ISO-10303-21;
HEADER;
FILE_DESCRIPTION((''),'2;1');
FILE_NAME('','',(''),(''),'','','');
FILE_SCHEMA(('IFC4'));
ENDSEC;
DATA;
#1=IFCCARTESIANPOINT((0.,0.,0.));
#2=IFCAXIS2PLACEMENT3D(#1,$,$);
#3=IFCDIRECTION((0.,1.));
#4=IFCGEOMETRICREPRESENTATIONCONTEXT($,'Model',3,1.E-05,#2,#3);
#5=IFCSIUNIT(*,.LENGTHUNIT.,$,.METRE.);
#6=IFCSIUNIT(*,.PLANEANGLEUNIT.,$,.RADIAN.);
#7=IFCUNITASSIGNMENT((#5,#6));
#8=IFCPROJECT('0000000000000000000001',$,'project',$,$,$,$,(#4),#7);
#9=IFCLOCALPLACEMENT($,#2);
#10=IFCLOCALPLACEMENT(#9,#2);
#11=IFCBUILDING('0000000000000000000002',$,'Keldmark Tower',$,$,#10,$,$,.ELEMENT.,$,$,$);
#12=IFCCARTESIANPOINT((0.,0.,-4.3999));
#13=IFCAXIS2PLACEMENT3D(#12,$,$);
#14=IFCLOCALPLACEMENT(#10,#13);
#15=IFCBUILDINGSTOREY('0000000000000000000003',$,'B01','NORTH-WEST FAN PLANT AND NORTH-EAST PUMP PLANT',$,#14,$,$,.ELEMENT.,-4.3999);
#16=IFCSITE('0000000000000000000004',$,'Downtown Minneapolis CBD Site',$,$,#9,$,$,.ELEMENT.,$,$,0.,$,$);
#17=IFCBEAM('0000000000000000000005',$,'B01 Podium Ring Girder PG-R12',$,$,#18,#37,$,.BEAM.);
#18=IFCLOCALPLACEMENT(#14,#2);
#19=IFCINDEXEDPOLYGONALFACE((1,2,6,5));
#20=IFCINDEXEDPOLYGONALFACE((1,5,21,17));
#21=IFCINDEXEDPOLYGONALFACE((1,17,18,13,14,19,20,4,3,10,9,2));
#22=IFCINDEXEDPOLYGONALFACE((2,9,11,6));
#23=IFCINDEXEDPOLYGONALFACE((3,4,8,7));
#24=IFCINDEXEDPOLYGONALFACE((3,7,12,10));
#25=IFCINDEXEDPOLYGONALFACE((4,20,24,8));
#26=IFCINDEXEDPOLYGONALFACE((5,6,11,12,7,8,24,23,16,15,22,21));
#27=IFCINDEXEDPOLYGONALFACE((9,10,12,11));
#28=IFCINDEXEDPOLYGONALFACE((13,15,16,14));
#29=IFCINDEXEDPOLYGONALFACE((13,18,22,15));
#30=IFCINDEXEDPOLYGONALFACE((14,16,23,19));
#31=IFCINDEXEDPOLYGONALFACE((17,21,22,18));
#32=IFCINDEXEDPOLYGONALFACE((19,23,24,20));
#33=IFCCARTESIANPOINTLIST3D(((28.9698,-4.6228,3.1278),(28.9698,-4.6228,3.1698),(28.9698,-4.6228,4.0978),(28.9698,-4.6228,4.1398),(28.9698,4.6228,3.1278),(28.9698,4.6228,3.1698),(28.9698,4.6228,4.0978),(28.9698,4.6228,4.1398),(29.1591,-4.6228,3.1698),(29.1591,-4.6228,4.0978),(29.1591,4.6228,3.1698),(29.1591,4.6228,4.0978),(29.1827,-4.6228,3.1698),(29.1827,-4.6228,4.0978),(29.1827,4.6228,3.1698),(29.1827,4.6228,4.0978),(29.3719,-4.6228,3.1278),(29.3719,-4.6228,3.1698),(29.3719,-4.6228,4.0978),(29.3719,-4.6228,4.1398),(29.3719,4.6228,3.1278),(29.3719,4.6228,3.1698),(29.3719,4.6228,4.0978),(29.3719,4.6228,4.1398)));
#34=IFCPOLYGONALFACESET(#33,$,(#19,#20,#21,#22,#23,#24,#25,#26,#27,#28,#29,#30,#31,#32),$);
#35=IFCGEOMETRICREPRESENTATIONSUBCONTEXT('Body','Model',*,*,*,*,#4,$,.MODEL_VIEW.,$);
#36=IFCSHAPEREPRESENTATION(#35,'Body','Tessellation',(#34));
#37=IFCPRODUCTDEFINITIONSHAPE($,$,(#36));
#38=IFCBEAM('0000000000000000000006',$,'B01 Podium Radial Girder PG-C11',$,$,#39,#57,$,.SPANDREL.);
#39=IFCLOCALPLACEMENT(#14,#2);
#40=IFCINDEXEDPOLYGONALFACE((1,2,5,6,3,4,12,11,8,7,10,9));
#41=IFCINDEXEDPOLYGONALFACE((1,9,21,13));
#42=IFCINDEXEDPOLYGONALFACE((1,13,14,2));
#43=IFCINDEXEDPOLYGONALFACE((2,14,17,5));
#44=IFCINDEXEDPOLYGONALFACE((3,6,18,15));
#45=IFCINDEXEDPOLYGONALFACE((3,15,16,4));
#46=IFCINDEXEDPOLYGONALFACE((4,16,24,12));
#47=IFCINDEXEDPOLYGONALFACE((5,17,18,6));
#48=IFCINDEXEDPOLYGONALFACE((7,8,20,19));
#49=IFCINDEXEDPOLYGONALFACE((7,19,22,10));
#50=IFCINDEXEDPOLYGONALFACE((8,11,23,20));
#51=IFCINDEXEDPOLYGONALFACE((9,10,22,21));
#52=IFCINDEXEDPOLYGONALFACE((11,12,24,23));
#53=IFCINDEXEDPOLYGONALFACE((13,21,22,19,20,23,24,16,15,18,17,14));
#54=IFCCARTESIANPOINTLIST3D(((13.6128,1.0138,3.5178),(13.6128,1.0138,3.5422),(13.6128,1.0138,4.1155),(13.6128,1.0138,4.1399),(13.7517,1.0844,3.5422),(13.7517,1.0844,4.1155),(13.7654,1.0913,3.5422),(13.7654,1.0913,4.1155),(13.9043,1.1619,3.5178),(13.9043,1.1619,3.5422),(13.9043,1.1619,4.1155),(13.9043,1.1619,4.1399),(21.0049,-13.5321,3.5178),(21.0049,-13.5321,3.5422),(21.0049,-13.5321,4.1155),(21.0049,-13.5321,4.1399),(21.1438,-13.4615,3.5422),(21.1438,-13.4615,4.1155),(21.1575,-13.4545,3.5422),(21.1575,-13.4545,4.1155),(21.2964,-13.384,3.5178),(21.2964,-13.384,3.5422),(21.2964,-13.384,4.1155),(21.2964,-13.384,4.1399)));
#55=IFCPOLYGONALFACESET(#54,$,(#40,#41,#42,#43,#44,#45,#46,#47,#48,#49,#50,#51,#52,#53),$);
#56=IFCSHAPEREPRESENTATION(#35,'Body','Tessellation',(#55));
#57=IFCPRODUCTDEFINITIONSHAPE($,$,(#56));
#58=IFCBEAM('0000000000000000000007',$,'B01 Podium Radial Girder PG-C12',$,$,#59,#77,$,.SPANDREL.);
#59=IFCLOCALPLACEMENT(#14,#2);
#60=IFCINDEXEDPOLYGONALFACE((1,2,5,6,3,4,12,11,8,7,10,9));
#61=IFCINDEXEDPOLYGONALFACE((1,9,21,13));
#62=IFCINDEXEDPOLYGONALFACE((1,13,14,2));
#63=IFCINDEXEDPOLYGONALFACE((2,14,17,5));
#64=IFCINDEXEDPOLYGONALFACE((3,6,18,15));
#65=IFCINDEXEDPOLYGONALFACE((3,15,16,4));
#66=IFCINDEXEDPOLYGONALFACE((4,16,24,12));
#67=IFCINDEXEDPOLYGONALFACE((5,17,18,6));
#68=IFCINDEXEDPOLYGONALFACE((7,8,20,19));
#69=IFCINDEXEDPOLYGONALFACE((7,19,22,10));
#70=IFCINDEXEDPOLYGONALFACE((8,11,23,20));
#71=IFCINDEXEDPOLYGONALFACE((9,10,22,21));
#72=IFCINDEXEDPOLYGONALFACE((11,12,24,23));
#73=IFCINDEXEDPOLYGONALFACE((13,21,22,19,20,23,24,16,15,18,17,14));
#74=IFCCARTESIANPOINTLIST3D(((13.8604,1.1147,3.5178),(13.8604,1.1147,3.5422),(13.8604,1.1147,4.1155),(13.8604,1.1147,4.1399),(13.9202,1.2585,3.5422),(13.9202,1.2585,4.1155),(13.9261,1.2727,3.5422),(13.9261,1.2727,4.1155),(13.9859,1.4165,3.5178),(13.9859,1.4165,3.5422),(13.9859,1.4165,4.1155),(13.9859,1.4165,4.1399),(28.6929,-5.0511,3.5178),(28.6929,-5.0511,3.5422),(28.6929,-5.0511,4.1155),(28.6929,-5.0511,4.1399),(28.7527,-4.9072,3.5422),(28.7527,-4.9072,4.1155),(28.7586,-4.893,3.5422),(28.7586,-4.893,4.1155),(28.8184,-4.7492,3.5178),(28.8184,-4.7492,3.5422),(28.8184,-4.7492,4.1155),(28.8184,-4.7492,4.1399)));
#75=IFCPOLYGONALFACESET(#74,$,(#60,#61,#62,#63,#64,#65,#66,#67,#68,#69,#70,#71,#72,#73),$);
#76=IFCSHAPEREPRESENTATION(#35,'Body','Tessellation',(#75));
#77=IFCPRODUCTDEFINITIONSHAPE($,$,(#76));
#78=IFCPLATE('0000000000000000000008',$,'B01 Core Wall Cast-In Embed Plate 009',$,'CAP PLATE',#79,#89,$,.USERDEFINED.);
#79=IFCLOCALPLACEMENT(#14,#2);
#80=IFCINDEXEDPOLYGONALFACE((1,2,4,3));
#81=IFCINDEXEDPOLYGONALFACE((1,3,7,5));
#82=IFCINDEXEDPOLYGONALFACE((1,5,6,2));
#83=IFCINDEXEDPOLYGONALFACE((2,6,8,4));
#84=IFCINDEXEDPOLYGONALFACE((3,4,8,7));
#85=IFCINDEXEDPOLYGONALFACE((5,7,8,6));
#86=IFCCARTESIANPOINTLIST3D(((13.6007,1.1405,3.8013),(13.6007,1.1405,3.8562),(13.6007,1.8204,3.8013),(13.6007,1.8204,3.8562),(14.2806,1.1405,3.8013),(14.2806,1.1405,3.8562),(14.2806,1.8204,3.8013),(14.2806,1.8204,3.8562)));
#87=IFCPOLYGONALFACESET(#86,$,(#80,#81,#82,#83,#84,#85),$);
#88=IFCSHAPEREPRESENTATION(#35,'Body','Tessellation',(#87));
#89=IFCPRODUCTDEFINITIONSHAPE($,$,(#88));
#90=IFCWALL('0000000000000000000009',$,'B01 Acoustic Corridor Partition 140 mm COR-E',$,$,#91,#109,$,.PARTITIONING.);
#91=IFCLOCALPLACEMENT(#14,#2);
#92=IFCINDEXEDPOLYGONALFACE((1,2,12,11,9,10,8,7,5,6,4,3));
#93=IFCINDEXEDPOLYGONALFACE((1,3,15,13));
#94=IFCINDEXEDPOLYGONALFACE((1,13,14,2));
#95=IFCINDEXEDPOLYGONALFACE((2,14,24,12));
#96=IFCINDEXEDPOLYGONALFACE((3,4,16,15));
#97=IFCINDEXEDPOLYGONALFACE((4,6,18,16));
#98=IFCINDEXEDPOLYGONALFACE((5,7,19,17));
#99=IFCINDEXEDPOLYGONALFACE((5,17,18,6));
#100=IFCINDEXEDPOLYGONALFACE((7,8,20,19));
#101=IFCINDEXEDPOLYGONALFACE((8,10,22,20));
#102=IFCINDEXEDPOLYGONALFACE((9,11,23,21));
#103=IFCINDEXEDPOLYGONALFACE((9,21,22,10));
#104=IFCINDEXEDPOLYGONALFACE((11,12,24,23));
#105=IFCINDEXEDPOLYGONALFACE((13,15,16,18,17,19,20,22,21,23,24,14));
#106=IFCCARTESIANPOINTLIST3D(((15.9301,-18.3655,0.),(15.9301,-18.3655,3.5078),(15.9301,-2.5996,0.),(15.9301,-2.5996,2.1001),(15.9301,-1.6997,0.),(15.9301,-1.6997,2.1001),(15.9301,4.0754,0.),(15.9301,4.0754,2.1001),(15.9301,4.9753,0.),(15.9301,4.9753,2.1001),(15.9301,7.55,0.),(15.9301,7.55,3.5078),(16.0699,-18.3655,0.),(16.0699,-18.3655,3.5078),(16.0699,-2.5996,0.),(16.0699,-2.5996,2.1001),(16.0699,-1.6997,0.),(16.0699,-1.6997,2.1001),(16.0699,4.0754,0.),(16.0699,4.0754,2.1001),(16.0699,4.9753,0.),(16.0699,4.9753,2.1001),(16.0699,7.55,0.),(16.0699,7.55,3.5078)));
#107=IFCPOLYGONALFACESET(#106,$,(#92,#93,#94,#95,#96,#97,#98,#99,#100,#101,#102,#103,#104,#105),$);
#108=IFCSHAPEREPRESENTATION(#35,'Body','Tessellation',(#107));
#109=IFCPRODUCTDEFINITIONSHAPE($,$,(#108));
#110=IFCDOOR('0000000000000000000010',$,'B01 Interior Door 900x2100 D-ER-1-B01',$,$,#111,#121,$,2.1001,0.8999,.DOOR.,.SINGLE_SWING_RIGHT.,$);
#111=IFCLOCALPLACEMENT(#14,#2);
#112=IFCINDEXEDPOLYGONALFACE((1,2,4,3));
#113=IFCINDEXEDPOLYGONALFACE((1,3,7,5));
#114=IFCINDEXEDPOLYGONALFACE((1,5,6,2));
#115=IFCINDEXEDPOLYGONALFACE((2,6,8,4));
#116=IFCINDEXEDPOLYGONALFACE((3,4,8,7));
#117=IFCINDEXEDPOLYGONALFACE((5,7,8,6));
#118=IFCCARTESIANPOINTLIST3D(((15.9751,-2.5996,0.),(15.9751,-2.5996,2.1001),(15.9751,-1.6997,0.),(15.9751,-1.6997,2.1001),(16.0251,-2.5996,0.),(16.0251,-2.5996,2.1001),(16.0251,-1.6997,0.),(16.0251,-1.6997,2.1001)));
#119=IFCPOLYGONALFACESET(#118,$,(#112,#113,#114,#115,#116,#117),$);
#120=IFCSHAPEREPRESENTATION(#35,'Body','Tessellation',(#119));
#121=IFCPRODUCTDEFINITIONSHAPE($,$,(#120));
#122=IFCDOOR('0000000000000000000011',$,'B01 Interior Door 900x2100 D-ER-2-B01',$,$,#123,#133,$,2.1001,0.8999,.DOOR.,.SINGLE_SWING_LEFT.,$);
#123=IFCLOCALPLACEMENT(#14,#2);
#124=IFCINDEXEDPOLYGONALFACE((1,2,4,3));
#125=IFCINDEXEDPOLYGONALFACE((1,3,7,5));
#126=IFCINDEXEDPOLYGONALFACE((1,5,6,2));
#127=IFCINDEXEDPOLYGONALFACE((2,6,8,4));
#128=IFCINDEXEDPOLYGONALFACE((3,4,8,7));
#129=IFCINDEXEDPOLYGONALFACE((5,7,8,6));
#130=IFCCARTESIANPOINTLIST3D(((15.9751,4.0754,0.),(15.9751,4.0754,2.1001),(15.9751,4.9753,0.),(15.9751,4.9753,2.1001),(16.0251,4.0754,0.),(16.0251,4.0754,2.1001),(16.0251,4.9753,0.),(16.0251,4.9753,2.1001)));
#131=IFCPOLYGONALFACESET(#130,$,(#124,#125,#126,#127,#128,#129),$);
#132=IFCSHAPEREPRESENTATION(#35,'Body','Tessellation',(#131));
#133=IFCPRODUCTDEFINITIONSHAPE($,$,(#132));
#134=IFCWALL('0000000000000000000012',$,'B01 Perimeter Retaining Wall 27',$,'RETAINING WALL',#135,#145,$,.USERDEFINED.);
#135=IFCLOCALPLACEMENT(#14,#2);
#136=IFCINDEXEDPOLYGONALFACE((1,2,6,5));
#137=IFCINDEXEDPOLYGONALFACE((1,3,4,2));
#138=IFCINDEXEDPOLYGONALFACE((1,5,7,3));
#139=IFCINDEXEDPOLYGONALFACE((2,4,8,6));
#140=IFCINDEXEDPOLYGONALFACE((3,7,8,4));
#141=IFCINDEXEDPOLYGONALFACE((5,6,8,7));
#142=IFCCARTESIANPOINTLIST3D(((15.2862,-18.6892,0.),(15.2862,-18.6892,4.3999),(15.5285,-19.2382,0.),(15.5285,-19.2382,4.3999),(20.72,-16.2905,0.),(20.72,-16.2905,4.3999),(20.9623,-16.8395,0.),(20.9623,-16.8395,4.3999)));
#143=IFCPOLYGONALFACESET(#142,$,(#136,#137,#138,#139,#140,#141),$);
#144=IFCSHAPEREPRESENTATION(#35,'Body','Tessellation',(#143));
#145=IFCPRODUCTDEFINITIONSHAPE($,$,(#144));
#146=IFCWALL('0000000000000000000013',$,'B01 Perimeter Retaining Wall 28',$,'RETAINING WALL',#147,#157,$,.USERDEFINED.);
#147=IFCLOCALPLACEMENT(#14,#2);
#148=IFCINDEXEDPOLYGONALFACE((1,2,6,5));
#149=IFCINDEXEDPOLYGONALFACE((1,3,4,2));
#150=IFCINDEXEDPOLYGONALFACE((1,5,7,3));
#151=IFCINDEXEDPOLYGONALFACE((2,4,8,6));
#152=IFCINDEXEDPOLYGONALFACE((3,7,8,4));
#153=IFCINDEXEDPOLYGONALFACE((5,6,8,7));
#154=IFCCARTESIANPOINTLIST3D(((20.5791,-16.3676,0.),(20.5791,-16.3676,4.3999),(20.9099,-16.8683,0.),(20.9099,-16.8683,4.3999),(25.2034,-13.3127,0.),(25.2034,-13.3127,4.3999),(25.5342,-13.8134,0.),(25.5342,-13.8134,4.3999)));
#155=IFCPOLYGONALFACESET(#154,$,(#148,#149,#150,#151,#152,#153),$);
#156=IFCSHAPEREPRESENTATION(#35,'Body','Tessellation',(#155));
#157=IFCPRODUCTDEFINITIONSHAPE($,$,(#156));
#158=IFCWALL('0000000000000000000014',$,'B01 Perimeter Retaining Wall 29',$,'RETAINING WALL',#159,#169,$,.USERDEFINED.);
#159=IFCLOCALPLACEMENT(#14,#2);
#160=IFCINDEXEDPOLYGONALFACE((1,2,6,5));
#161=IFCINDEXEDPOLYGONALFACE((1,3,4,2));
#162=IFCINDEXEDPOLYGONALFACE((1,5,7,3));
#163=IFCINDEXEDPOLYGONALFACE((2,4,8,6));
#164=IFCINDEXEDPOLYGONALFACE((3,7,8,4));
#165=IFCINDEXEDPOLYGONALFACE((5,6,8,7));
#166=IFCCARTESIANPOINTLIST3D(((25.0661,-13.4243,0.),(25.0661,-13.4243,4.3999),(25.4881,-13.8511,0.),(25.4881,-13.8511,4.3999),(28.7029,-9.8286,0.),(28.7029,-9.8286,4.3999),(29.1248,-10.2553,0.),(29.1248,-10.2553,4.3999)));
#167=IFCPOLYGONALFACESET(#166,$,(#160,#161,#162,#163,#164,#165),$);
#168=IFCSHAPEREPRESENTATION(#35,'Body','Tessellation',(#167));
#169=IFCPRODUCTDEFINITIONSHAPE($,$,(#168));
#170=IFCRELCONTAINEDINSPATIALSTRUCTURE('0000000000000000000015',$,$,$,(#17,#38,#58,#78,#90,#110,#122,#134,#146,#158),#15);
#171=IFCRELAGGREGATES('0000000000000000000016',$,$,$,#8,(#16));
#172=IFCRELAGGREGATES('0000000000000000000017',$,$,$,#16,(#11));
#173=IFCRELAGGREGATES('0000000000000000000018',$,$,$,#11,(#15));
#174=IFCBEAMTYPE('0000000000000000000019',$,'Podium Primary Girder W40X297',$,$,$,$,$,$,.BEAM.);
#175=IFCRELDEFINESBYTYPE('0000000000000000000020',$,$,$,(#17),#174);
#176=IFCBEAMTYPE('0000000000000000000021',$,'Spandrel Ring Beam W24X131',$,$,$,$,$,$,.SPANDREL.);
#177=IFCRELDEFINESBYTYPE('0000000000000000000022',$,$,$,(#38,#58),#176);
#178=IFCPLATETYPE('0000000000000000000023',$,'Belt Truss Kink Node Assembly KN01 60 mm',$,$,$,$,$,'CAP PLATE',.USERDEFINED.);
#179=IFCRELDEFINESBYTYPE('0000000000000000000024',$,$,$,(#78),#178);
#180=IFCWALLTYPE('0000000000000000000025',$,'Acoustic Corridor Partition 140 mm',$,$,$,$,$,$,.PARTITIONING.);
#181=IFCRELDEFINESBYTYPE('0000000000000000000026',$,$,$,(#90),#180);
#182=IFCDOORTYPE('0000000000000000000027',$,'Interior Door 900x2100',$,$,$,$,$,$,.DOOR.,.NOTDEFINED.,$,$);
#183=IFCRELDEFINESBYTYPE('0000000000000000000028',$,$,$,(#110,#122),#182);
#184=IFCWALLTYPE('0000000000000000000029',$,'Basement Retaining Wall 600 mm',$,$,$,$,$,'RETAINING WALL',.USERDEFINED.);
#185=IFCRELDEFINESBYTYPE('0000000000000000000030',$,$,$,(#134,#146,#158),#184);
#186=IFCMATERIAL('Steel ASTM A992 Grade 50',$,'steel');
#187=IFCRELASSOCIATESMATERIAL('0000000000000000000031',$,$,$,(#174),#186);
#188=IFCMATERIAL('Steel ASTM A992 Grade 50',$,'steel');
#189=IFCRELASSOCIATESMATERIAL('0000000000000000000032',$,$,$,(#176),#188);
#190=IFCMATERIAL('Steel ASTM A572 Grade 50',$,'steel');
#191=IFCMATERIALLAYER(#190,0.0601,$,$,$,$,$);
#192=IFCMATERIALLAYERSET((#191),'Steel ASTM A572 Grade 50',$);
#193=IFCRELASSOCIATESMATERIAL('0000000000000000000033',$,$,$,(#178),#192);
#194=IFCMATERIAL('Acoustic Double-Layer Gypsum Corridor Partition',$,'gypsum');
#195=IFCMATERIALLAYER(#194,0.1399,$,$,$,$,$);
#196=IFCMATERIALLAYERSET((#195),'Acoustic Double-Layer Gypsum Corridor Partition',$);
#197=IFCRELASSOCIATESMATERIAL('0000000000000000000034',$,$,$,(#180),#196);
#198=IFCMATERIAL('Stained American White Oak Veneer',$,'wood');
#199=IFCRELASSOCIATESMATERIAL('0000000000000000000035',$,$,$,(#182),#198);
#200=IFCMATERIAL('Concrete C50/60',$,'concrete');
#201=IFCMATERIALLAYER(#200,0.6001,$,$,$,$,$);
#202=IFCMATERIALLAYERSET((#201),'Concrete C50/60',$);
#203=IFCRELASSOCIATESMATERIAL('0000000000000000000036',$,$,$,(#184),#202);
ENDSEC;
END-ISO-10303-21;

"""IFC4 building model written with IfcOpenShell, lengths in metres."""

from ifc_helpers import new_model, si_unit, direction, frame, frame_2d, origin, origin_2d, place, context, subcontext, project, spatial, rectangle, i_section, extrude, material, layer, layer_set, material_profile, profile_set, type_object, element, fill, save


model = new_model("IFC4")

# Units and contexts
model_context = context("Model", 3, precision=1e-05, world=origin(), true_north=direction((0.0, 1.0)))
body_context = subcontext(model_context, "Body", "Model", "MODEL_VIEW")
ifc_project = project(units=[si_unit("LENGTHUNIT", "METRE"), si_unit("PLANEANGLEUNIT", "RADIAN")], contexts=[model_context])

# Site, building, storey
site_placement = place(None, origin())
site = spatial("IfcSite", under=ifc_project, at=site_placement, Name="Downtown Minneapolis CBD Site", CompositionType="ELEMENT", RefElevation=0.0)
building_placement = place(site_placement, origin())
building = spatial("IfcBuilding", under=site, at=building_placement, Name="Keldmark Tower", CompositionType="ELEMENT")
storey_placement = place(building_placement, frame((0.0, 0.0, -4.3999)))
storey = spatial("IfcBuildingStorey", under=building, at=storey_placement, Name="B01", Description="NORTH-WEST FAN PLANT AND NORTH-EAST PUMP PLANT", CompositionType="ELEMENT", Elevation=-4.3999)

# Beams
ifc_material_1 = material(Name="Steel ASTM A992 Grade 50", Category="steel")
ifc_material_profile_1 = material_profile(ifc_material_1, i_section(OverallWidth=0.4021, OverallDepth=1.012, WebThickness=0.0237, FlangeThickness=0.042, at=origin_2d()), Name="W40X297")
ifc_profile_set_1 = profile_set([ifc_material_profile_1], Name="Steel ASTM A992 Grade 50")
beam_type_1 = type_object("IfcBeamType", Name="Podium Primary Girder W40X297", PredefinedType="BEAM", material=ifc_profile_set_1)
beam_1_placement = place(storey_placement, frame((29.1709, -4.6228, 3.6338), z_axis=(0.0, 1.0, 0.0), x_axis=(-1.0, 0.0, 0.0)))
element("IfcBeam", 1, at=beam_1_placement, inside=storey, type_object=beam_type_1, Name="B01 Podium Ring Girder PG-R12", PredefinedType="BEAM", context=body_context, shape_type="SweptSolid", body=[
    extrude(i_section(OverallWidth=0.4021, OverallDepth=1.012, WebThickness=0.0237, FlangeThickness=0.042, at=origin_2d()), origin(), (0.0, 0.0, 1.0), 9.2456),
])
ifc_material_2 = material(Name="Steel ASTM A992 Grade 50", Category="steel")
ifc_material_profile_2 = material_profile(ifc_material_2, i_section(OverallWidth=0.3269, OverallDepth=0.6221, WebThickness=0.0154, FlangeThickness=0.0244, at=origin_2d()), Name="W24X131")
ifc_profile_set_2 = profile_set([ifc_material_profile_2], Name="Steel ASTM A992 Grade 50")
beam_type_2 = type_object("IfcBeamType", Name="Spandrel Ring Beam W24X131", PredefinedType="SPANDREL", material=ifc_profile_set_2)
beam_2_placement = place(storey_placement, frame((21.1506, -13.458, 3.8289), z_axis=(-0.453046, 0.891487, 0.0), x_axis=(-0.891487, -0.453046, 0.0)))
element("IfcBeam", 2, at=beam_2_placement, inside=storey, type_object=beam_type_2, Name="B01 Podium Radial Girder PG-C11", PredefinedType="SPANDREL", context=body_context, shape_type="SweptSolid", body=[
    extrude(i_section(OverallWidth=0.3269, OverallDepth=0.6221, WebThickness=0.0154, FlangeThickness=0.0244, at=origin_2d()), origin(), (0.0, 0.0, 1.0), 16.3164),
])
beam_3_placement = place(storey_placement, frame((28.7556, -4.9001, 3.8289), z_axis=(-0.923396, 0.383849, 0.0), x_axis=(-0.383849, -0.923396, 0.0)))
element("IfcBeam", 3, at=beam_3_placement, inside=storey, type_object=beam_type_2, Name="B01 Podium Radial Girder PG-C12", PredefinedType="SPANDREL", context=body_context, shape_type="SweptSolid", body=[
    extrude(i_section(OverallWidth=0.3269, OverallDepth=0.6221, WebThickness=0.0154, FlangeThickness=0.0244, at=origin_2d()), origin(), (0.0, 0.0, 1.0), 16.063),
])

# Plate
ifc_material_3 = material(Name="Steel ASTM A572 Grade 50", Category="steel")
ifc_layer_1 = layer(ifc_material_3, 0.0601)
ifc_layer_set_1 = layer_set([ifc_layer_1], Name="Steel ASTM A572 Grade 50")
plate_type = type_object("IfcPlateType", Name="Belt Truss Kink Node Assembly KN01 60 mm", ElementType="CAP PLATE", PredefinedType="USERDEFINED", material=ifc_layer_set_1)
plate_placement = place(storey_placement, frame((13.9407, 1.4805, 3.8013), z_axis=(0.0, 0.0, 1.0), x_axis=(1.0, 0.0, 0.0)))
element("IfcPlate", 4, at=plate_placement, inside=storey, type_object=plate_type, Name="B01 Core Wall Cast-In Embed Plate 009", ObjectType="CAP PLATE", PredefinedType="USERDEFINED", context=body_context, shape_type="SweptSolid", body=[
    extrude(rectangle(XDim=0.6799, YDim=0.6799, at=origin_2d()), origin(), (0.0, 0.0, 1.0), 0.0549),
])

# Wall, openings, doors
ifc_material_4 = material(Name="Acoustic Double-Layer Gypsum Corridor Partition", Category="gypsum")
ifc_layer_2 = layer(ifc_material_4, 0.1399)
ifc_layer_set_2 = layer_set([ifc_layer_2], Name="Acoustic Double-Layer Gypsum Corridor Partition")
wall_type_1 = type_object("IfcWallType", Name="Acoustic Corridor Partition 140 mm", PredefinedType="PARTITIONING", material=ifc_layer_set_2)
wall_1_placement = place(storey_placement, frame((16.0, -18.3655, 0.0), z_axis=(0.0, 0.0, 1.0), x_axis=(0.0, 1.0, 0.0)))
wall_1 = element("IfcWall", 5, at=wall_1_placement, inside=storey, type_object=wall_type_1, Name="B01 Acoustic Corridor Partition 140 mm COR-E", PredefinedType="PARTITIONING", context=body_context, shape_type="SweptSolid", body=[
    extrude(rectangle(XDim=25.9155, YDim=0.1399, at=frame_2d((12.9578, 0.0))), origin(), (0.0, 0.0, 1.0), 3.5078),
])
opening_1_placement = place(wall_1_placement, frame((15.7659, 0.0, 0.0)))
opening_1 = element("IfcOpeningElement", 6, at=opening_1_placement, cuts=wall_1, PredefinedType="OPENING", context=body_context, shape_type="SweptSolid", body=[
    extrude(rectangle(XDim=0.8999, YDim=2.1001, at=frame_2d((0.45, 1.05))), frame((0.0, 0.0798, 0.0), z_axis=(0.0, -1.0, 0.0), x_axis=(1.0, 0.0, 0.0)), (0.0, 0.0, 1.0), 0.1599),
])
opening_2_placement = place(wall_1_placement, frame((22.4409, 0.0, 0.0)))
opening_2 = element("IfcOpeningElement", 7, at=opening_2_placement, cuts=wall_1, PredefinedType="OPENING", context=body_context, shape_type="SweptSolid", body=[
    extrude(rectangle(XDim=0.8999, YDim=2.1001, at=frame_2d((0.45, 1.05))), frame((0.0, 0.0798, 0.0), z_axis=(0.0, -1.0, 0.0), x_axis=(1.0, 0.0, 0.0)), (0.0, 0.0, 1.0), 0.1599),
])
ifc_material_5 = material(Name="Stained American White Oak Veneer", Category="wood")
door_type_1 = type_object("IfcDoorType", Name="Interior Door 900x2100", OperationType="NOTDEFINED", PredefinedType="DOOR", material=ifc_material_5)
door_1_placement = place(opening_1_placement, origin())
door_1 = element("IfcDoor", 8, at=door_1_placement, inside=storey, type_object=door_type_1, Name="B01 Interior Door 900x2100 D-ER-1-B01", OperationType="SINGLE_SWING_RIGHT", OverallHeight=2.1001, OverallWidth=0.8999, PredefinedType="DOOR", context=body_context, shape_type="SweptSolid", body=[
    extrude(rectangle(XDim=0.8999, YDim=2.1001, at=frame_2d((0.45, 1.05))), frame((0.0, 0.0249, 0.0), z_axis=(0.0, -1.0, 0.0), x_axis=(1.0, 0.0, 0.0)), (0.0, 0.0, 1.0), 0.05),
])
fill(opening_1, door_1)
door_2_placement = place(opening_2_placement, origin())
door_2 = element("IfcDoor", 9, at=door_2_placement, inside=storey, type_object=door_type_1, Name="B01 Interior Door 900x2100 D-ER-2-B01", OperationType="SINGLE_SWING_LEFT", OverallHeight=2.1001, OverallWidth=0.8999, PredefinedType="DOOR", context=body_context, shape_type="SweptSolid", body=[
    extrude(rectangle(XDim=0.8999, YDim=2.1001, at=frame_2d((0.45, 1.05))), frame((0.0, 0.0249, 0.0), z_axis=(0.0, -1.0, 0.0), x_axis=(1.0, 0.0, 0.0)), (0.0, 0.0, 1.0), 0.05),
])
fill(opening_2, door_2)

# Walls
ifc_material_6 = material(Name="Concrete C50/60", Category="concrete")
ifc_layer_3 = layer(ifc_material_6, 0.6001)
ifc_layer_set_3 = layer_set([ifc_layer_3], Name="Concrete C50/60")
wall_type_2 = type_object("IfcWallType", Name="Basement Retaining Wall 600 mm", ElementType="RETAINING WALL", PredefinedType="USERDEFINED", material=ifc_layer_set_3)
wall_2_placement = place(storey_placement, frame((15.4075, -18.9636, 0.0), z_axis=(0.0, 0.0, 1.0), x_axis=(0.914831, 0.403838, 0.0)))
element("IfcWall", 10, at=wall_2_placement, inside=storey, type_object=wall_type_2, Name="B01 Perimeter Retaining Wall 27", ObjectType="RETAINING WALL", PredefinedType="USERDEFINED", context=body_context, shape_type="SweptSolid", body=[
    extrude(rectangle(XDim=5.9397, YDim=0.6001, at=frame_2d((2.9697, 0.0))), origin(), (0.0, 0.0, 1.0), 4.3999),
])
wall_3_placement = place(storey_placement, frame((20.7446, -16.6179, 0.0), z_axis=(0.0, 0.0, 1.0), x_axis=(0.834368, 0.551209, 0.0)))
element("IfcWall", 11, at=wall_3_placement, inside=storey, type_object=wall_type_2, Name="B01 Perimeter Retaining Wall 28", ObjectType="RETAINING WALL", PredefinedType="USERDEFINED", context=body_context, shape_type="SweptSolid", body=[
    extrude(rectangle(XDim=5.5422, YDim=0.6001, at=frame_2d((2.771, 0.0))), origin(), (0.0, 0.0, 1.0), 4.3999),
])
wall_4_placement = place(storey_placement, frame((25.2771, -13.6377, 0.0), z_axis=(0.0, 0.0, 1.0), x_axis=(0.711105, 0.703085, 0.0)))
element("IfcWall", 12, at=wall_4_placement, inside=storey, type_object=wall_type_2, Name="B01 Perimeter Retaining Wall 29", ObjectType="RETAINING WALL", PredefinedType="USERDEFINED", context=body_context, shape_type="SweptSolid", body=[
    extrude(rectangle(XDim=5.1143, YDim=0.6001, at=frame_2d((2.5571, 0.0))), origin(), (0.0, 0.0, 1.0), 4.3999),
])

save(model, "model.ifc")
